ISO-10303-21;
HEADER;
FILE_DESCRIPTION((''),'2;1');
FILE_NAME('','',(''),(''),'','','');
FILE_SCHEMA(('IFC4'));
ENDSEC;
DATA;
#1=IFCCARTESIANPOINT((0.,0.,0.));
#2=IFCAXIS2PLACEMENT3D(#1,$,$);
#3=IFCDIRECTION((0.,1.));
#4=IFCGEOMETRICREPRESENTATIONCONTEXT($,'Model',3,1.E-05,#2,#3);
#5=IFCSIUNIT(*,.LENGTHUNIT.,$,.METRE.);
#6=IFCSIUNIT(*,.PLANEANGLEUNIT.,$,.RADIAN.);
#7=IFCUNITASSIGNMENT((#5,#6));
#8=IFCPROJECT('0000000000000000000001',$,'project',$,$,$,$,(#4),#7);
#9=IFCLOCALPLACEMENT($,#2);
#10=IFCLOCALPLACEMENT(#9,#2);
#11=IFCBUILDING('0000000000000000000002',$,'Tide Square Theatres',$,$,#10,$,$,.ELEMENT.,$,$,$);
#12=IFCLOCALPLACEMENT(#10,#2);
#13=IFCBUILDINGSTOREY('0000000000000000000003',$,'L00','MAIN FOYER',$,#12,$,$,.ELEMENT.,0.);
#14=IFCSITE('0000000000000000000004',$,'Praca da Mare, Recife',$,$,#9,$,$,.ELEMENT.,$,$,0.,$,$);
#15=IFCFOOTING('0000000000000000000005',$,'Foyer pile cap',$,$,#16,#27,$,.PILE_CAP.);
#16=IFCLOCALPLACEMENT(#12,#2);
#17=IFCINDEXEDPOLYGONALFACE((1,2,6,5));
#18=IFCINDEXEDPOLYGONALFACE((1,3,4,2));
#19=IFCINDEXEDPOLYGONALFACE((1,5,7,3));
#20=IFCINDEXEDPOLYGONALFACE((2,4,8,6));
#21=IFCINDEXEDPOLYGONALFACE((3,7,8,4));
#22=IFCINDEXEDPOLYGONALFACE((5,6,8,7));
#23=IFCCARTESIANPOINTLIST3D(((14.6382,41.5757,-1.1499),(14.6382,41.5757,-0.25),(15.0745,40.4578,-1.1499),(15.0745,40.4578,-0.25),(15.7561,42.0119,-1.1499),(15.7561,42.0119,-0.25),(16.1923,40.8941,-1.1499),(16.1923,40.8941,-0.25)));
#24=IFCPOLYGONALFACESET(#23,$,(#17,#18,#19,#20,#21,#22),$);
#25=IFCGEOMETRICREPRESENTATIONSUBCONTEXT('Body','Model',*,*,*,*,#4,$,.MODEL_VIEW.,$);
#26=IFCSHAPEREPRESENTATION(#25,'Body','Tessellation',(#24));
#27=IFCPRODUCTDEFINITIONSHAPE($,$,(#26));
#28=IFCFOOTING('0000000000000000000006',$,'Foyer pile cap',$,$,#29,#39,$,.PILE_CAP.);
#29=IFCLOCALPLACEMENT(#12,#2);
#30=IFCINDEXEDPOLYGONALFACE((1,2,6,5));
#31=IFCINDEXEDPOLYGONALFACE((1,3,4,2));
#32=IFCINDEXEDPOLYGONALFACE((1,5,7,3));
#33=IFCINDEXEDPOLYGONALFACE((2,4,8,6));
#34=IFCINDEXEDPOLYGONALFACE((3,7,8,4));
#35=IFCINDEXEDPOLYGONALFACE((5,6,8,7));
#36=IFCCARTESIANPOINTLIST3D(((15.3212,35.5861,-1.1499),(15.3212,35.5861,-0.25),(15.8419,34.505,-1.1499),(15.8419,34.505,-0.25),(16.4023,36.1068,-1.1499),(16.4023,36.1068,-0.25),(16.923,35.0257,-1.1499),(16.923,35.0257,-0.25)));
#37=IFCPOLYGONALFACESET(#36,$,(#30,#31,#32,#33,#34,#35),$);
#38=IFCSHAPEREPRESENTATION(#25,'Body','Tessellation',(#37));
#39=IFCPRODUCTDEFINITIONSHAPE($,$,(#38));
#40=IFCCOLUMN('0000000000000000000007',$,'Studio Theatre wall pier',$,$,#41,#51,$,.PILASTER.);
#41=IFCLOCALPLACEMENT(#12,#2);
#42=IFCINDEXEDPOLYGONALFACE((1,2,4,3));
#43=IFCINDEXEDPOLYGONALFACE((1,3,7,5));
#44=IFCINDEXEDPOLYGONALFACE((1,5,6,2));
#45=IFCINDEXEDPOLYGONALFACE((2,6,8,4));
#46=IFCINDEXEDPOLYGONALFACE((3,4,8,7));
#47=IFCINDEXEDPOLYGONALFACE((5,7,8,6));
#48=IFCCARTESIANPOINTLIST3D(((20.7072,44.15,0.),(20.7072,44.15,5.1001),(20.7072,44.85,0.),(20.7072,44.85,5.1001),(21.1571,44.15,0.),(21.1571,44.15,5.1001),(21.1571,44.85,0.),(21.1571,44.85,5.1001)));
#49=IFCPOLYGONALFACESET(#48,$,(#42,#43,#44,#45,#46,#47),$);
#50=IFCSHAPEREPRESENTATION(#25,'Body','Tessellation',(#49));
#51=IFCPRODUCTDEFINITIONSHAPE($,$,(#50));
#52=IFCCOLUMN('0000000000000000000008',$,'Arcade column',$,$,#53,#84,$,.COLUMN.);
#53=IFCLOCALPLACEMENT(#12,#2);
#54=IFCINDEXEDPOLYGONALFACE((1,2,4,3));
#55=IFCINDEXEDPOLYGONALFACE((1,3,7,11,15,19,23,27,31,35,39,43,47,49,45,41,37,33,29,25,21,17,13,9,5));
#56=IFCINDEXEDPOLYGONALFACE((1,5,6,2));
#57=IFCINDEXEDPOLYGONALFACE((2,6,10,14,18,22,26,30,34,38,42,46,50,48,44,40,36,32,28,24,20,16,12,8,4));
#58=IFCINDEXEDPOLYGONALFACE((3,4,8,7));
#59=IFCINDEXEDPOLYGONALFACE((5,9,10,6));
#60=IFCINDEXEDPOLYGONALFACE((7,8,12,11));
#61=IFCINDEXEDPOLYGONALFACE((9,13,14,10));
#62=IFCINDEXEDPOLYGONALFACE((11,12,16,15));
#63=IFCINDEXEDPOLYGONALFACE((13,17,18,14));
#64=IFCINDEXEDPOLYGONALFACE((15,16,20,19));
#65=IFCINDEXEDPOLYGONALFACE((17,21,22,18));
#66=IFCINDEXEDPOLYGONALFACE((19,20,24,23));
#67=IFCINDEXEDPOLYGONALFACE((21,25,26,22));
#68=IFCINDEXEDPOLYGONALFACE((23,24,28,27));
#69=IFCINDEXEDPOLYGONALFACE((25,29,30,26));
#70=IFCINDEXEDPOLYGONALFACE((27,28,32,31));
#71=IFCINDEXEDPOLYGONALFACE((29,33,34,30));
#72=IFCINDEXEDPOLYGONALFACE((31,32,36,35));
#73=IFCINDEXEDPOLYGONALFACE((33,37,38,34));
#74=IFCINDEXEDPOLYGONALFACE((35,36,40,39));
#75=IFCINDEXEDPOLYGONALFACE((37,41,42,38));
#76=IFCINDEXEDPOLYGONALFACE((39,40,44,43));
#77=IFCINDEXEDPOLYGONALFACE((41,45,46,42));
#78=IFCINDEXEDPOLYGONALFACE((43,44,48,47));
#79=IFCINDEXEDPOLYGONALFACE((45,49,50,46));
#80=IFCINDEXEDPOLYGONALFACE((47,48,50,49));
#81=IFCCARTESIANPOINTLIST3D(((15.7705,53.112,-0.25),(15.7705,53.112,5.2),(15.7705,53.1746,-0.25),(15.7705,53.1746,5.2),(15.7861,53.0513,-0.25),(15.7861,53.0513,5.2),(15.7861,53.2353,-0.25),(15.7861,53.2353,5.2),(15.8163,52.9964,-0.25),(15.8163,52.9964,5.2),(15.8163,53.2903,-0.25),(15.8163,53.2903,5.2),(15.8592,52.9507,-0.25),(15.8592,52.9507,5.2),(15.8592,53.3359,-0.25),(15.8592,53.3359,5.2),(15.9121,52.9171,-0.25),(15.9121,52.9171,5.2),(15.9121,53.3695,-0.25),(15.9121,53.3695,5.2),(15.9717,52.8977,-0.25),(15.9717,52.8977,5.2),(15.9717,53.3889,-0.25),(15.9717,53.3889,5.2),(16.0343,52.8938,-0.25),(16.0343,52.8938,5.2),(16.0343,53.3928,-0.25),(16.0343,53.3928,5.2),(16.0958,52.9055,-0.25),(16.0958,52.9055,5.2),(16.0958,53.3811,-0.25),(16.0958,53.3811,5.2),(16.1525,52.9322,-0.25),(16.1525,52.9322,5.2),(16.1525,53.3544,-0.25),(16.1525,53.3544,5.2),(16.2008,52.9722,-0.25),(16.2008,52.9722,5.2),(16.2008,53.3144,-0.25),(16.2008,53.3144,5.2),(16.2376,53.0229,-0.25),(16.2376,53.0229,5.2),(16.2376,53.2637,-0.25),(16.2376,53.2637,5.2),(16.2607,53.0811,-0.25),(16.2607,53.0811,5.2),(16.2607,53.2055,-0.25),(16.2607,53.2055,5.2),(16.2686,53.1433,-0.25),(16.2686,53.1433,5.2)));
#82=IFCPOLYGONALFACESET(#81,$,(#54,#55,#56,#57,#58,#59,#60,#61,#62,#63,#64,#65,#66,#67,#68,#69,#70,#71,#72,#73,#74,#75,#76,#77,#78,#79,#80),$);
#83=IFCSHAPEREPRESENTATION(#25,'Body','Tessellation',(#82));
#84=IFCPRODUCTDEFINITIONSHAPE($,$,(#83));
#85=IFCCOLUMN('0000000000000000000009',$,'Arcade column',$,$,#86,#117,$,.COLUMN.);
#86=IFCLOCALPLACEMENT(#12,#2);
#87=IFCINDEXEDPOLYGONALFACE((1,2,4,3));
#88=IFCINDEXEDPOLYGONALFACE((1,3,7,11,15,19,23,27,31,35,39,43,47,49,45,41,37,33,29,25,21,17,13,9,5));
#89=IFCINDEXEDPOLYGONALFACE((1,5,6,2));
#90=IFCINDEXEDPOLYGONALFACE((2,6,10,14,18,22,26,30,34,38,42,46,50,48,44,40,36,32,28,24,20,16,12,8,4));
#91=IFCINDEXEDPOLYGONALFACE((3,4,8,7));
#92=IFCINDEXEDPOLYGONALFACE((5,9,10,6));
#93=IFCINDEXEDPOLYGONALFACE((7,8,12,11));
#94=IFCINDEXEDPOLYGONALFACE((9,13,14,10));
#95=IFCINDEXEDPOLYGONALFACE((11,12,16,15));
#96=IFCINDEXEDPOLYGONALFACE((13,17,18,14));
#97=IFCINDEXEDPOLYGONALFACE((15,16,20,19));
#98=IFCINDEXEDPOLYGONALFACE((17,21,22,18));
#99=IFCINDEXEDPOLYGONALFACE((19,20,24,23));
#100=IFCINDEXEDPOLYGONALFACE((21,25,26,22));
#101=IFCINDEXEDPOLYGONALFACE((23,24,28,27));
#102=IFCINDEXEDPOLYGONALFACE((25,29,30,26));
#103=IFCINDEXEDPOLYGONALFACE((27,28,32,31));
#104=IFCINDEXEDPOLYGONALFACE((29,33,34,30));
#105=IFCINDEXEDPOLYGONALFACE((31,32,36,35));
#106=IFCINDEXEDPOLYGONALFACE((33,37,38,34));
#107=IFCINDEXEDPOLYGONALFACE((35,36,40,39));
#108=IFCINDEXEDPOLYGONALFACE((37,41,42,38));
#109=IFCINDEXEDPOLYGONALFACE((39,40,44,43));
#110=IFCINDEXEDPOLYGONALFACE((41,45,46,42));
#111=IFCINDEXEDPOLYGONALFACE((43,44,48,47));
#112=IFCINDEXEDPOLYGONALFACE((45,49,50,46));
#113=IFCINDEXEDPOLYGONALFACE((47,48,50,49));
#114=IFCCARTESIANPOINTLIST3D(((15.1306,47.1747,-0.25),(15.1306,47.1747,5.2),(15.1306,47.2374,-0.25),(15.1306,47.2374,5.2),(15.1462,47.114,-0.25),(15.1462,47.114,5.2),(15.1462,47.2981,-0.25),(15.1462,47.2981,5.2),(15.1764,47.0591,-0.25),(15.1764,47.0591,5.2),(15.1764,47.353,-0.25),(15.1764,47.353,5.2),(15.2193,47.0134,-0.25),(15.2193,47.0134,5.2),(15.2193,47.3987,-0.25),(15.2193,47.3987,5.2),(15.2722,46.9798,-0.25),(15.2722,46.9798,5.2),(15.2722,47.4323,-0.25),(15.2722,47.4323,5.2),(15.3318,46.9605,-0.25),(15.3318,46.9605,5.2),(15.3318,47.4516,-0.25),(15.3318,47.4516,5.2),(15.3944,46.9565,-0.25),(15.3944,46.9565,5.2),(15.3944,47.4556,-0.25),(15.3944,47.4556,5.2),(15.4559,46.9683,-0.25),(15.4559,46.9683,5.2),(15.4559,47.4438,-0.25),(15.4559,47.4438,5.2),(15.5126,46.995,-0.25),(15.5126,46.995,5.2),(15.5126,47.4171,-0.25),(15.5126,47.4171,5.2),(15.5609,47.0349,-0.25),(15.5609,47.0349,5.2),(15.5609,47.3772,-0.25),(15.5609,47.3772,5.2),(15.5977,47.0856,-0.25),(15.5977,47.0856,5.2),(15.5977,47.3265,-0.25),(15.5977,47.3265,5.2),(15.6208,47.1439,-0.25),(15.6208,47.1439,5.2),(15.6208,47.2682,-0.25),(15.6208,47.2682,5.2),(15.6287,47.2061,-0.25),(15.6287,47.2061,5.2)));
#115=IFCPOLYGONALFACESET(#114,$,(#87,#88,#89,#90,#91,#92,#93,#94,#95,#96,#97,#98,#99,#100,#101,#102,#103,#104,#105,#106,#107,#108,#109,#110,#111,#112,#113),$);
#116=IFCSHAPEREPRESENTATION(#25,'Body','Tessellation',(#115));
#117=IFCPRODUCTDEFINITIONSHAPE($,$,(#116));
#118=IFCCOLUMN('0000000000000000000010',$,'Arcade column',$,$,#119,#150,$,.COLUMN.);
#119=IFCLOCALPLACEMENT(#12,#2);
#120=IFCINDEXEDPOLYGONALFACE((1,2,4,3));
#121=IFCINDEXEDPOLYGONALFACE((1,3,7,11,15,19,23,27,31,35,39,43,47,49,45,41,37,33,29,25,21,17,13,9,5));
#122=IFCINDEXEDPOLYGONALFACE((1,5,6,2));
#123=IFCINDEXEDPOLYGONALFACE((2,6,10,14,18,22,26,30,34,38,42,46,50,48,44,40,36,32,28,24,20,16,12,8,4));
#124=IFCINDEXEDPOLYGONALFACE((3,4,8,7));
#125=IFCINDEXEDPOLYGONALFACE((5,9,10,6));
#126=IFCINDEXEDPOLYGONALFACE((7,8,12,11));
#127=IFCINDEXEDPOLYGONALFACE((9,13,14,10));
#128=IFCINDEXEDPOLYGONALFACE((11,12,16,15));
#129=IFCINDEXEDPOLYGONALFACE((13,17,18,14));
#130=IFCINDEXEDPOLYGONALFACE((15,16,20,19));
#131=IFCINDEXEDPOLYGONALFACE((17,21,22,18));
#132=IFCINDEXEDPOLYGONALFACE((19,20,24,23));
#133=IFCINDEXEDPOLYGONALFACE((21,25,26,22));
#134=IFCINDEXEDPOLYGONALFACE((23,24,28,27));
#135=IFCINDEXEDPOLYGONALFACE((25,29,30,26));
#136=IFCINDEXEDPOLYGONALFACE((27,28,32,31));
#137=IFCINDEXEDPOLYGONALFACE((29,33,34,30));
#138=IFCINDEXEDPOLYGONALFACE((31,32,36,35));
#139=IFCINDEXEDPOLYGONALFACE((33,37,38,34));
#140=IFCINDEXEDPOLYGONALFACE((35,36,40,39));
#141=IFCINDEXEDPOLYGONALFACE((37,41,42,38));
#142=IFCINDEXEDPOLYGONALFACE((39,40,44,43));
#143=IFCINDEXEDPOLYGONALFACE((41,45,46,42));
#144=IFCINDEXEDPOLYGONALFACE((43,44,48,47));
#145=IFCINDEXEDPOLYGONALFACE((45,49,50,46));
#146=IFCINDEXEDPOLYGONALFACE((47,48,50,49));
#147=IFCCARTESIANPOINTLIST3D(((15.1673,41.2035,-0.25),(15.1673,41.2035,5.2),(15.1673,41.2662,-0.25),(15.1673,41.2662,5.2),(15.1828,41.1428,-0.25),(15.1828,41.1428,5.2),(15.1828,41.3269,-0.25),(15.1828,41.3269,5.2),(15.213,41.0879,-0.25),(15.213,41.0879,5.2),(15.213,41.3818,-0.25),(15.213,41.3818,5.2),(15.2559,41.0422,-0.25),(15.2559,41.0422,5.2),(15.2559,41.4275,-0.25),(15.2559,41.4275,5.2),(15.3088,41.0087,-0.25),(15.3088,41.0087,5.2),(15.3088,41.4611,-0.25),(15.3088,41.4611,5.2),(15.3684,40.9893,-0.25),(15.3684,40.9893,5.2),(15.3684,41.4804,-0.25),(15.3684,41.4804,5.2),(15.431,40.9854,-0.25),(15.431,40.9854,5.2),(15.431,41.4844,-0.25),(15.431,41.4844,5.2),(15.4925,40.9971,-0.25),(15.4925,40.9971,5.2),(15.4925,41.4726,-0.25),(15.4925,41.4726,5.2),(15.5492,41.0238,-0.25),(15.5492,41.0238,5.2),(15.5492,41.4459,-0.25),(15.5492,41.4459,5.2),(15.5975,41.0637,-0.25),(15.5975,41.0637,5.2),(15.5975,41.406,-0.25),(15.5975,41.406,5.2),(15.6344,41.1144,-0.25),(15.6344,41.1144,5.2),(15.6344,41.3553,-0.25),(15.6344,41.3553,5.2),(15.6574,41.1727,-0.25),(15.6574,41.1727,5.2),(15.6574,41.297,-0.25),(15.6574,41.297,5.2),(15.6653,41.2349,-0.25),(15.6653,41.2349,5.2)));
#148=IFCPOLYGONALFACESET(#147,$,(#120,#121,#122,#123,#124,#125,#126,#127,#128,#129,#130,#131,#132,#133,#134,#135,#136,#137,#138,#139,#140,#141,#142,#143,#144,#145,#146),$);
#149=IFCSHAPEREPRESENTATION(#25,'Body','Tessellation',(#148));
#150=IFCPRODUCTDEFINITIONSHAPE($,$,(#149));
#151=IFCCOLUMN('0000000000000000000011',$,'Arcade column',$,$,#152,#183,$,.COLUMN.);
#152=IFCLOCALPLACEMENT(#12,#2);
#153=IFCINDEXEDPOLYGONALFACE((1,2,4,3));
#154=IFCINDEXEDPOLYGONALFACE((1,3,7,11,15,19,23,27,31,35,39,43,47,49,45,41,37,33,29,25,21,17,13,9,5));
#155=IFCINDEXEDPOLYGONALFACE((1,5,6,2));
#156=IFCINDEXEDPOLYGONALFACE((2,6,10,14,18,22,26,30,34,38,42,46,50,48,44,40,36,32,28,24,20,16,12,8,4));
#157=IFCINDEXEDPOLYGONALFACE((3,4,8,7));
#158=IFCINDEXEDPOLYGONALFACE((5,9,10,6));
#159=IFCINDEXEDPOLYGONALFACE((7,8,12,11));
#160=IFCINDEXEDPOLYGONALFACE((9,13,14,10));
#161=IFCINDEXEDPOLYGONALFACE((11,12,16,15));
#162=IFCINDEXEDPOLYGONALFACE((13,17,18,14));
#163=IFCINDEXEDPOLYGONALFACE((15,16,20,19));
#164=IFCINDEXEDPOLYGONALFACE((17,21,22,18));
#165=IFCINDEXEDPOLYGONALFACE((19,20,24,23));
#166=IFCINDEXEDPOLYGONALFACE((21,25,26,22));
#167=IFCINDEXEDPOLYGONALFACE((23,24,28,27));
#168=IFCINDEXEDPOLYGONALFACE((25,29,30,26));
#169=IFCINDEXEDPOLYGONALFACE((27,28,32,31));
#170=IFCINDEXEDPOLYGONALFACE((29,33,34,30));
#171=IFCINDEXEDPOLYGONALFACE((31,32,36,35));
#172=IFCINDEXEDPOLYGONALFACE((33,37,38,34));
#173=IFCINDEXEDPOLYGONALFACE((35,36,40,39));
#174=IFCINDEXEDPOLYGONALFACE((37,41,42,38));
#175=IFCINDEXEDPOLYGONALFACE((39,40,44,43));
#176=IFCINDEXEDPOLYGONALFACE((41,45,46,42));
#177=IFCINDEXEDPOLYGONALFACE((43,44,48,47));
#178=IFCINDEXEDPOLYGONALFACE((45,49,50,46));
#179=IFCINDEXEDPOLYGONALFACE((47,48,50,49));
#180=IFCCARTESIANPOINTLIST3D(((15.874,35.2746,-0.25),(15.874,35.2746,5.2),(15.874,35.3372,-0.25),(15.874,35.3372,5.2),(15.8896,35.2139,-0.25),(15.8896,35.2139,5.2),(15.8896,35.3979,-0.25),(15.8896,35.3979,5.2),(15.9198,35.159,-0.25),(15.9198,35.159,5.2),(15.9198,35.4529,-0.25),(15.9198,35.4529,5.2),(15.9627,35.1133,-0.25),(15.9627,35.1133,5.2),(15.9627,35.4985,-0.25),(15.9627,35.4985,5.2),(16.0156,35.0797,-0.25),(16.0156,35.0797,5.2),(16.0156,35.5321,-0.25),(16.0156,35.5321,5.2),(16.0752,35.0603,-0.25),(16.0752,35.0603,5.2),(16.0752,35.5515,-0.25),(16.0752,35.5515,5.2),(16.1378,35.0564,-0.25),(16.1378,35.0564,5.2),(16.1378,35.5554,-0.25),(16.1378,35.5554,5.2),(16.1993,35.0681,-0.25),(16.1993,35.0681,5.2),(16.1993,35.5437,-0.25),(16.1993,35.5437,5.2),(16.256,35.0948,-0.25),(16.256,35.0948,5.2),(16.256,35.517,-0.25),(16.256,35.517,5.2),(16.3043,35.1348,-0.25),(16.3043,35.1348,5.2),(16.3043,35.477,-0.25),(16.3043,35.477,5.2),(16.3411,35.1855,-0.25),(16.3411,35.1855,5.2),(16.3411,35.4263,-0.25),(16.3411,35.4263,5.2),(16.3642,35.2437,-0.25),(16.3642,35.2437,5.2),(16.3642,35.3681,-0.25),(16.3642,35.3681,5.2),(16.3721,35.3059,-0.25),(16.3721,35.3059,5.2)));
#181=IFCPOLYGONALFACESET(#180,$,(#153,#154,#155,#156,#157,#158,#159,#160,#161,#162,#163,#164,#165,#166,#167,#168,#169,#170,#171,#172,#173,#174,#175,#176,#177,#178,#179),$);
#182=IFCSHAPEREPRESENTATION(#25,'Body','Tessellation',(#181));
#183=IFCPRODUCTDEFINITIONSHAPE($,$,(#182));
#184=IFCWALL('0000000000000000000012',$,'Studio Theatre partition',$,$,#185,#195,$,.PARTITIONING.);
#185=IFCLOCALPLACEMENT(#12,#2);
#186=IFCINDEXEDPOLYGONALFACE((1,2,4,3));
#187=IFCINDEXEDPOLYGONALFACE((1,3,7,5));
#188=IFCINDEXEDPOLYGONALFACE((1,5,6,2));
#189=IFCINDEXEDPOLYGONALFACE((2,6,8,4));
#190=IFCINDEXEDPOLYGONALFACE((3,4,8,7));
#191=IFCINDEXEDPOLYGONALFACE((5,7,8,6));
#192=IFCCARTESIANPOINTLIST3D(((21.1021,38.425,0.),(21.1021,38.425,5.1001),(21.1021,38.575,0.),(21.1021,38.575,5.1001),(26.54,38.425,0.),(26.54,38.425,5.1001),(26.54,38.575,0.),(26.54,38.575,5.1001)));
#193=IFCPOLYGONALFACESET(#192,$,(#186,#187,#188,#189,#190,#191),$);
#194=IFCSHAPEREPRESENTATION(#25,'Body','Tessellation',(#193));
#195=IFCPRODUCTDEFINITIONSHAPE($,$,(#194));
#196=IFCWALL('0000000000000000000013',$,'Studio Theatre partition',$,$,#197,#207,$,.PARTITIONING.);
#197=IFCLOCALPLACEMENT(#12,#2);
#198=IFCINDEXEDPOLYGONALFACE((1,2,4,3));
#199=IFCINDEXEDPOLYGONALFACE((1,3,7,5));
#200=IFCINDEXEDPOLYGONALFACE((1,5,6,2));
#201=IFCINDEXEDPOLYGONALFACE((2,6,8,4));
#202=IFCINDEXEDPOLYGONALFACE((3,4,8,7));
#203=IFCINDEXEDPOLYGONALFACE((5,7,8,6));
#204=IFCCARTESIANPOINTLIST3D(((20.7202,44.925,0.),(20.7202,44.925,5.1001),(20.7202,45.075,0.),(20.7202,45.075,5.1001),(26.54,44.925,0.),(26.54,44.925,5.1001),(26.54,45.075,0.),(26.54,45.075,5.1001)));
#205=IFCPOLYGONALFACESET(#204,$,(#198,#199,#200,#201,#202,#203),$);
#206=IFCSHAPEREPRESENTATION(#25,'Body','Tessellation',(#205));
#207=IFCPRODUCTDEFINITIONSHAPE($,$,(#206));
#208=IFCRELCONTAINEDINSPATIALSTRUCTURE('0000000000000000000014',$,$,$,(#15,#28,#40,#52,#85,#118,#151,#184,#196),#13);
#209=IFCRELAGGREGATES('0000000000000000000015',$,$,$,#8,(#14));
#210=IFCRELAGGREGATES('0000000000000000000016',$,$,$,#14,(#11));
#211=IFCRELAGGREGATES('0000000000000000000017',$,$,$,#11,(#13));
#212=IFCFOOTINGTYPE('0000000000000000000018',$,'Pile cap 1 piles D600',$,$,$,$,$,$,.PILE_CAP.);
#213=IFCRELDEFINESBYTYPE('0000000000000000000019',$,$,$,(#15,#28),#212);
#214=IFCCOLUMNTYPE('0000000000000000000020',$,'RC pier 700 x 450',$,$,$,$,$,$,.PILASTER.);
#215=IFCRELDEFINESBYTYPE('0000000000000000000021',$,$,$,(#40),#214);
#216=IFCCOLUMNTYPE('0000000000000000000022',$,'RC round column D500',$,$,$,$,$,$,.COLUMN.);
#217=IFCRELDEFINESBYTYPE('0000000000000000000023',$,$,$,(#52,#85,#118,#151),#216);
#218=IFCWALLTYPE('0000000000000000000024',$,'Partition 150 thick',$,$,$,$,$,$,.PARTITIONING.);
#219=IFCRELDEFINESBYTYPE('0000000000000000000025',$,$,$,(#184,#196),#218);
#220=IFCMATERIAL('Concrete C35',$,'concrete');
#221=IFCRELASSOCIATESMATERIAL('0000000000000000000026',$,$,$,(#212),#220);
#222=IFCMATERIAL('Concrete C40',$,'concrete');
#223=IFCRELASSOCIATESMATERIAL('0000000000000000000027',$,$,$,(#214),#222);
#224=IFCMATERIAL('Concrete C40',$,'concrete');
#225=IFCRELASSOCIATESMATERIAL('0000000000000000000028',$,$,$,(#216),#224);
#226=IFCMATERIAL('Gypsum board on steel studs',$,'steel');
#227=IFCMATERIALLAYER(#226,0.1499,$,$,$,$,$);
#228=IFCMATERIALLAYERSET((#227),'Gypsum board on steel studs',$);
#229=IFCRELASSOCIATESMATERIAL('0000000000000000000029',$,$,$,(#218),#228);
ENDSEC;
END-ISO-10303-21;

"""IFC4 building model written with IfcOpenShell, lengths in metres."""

from ifc_helpers import new_model, si_unit, direction, frame, frame_2d, origin, origin_2d, place, context, subcontext, project, spatial, rectangle, circle, extrude, material, layer, layer_set, material_profile, profile_set, type_object, element, save


model = new_model("IFC4")

# Units and contexts
model_context = context("Model", 3, precision=1e-05, world=origin(), true_north=direction((0.0, 1.0)))
body_context = subcontext(model_context, "Body", "Model", "MODEL_VIEW")
ifc_project = project(units=[si_unit("LENGTHUNIT", "METRE"), si_unit("PLANEANGLEUNIT", "RADIAN")], contexts=[model_context])

# Site, building, storey
site_placement = place(None, origin())
site = spatial("IfcSite", under=ifc_project, at=site_placement, Name="Praca da Mare, Recife", CompositionType="ELEMENT", RefElevation=0.0)
building_placement = place(site_placement, origin())
building = spatial("IfcBuilding", under=site, at=building_placement, Name="Tide Square Theatres", CompositionType="ELEMENT")
storey_placement = place(building_placement, origin())
storey = spatial("IfcBuildingStorey", under=building, at=storey_placement, Name="L00", Description="MAIN FOYER", CompositionType="ELEMENT", Elevation=0.0)

# Footings
ifc_material_1 = material(Name="Concrete C35", Category="concrete")
footing_type = type_object("IfcFootingType", Name="Pile cap 1 piles D600", PredefinedType="PILE_CAP", material=ifc_material_1)
for number, where, z_axis, x_axis, name in (
    (1, (15.4153, 41.2349, -1.1499), (0.0, 0.0, 1.0), (0.363547, -0.931576, 0.0), "Foyer pile cap"),
    (2, (16.1221, 35.3059, -1.1499), (0.0, 0.0, 1.0), (0.433945, -0.900939, 0.0), "Foyer pile cap"),
):
    element("IfcFooting", number, at=place(storey_placement, frame(where, z_axis=z_axis, x_axis=x_axis)), inside=storey, type_object=footing_type, Name=name, PredefinedType="PILE_CAP", context=body_context, shape_type="SweptSolid", body=[
        extrude(rectangle(XDim=1.2, YDim=1.2, at=origin_2d()), origin(), (0.0, 0.0, 1.0), 0.8999),
    ])

# Columns
ifc_material_2 = material(Name="Concrete C40", Category="concrete")
ifc_material_profile_1 = material_profile(ifc_material_2, rectangle(XDim=0.7, YDim=0.45, at=origin_2d()))
ifc_profile_set_1 = profile_set([ifc_material_profile_1], Name="Concrete C40")
column_type_1 = type_object("IfcColumnType", Name="RC pier 700 x 450", PredefinedType="PILASTER", material=ifc_profile_set_1)
column_placement = place(storey_placement, frame((20.9321, 44.5, 0.0), z_axis=(0.0, 0.0, 1.0), x_axis=(0.0, -1.0, 0.0)))
element("IfcColumn", 3, at=column_placement, inside=storey, type_object=column_type_1, Name="Studio Theatre wall pier", PredefinedType="PILASTER", context=body_context, shape_type="SweptSolid", body=[
    extrude(rectangle(XDim=0.7, YDim=0.45, at=origin_2d()), origin(), (0.0, 0.0, 1.0), 5.1001),
])
ifc_material_3 = material(Name="Concrete C40", Category="concrete")
ifc_material_profile_2 = material_profile(ifc_material_3, circle(Radius=0.25, at=origin_2d()))
ifc_profile_set_2 = profile_set([ifc_material_profile_2], Name="Concrete C40")
column_type_2 = type_object("IfcColumnType", Name="RC round column D500", PredefinedType="COLUMN", material=ifc_profile_set_2)
for number, where, z_axis, x_axis, name in (
    (4, (16.0186, 53.1433, -0.25), (0.0, 0.0, 1.0), (1.0, 0.0, 0.0), "Arcade column"),
    (5, (15.3787, 47.2061, -0.25), (0.0, 0.0, 1.0), (1.0, 0.0, 0.0), "Arcade column"),
    (6, (15.4153, 41.2349, -0.25), (0.0, 0.0, 1.0), (1.0, 0.0, 0.0), "Arcade column"),
    (7, (16.1221, 35.3059, -0.25), (0.0, 0.0, 1.0), (1.0, 0.0, 0.0), "Arcade column"),
):
    element("IfcColumn", number, at=place(storey_placement, frame(where, z_axis=z_axis, x_axis=x_axis)), inside=storey, type_object=column_type_2, Name=name, PredefinedType="COLUMN", context=body_context, shape_type="SweptSolid", body=[
        extrude(circle(Radius=0.25, at=origin_2d()), origin(), (0.0, 0.0, 1.0), 5.45),
    ])

# Walls
ifc_material_4 = material(Name="Gypsum board on steel studs", Category="steel")
ifc_layer_1 = layer(ifc_material_4, 0.1499)
ifc_layer_set_1 = layer_set([ifc_layer_1], Name="Gypsum board on steel studs")
wall_type_1 = type_object("IfcWallType", Name="Partition 150 thick", PredefinedType="PARTITIONING", material=ifc_layer_set_1)
wall_1_placement = place(storey_placement, frame((21.1021, 38.5, 0.0), z_axis=(0.0, 0.0, 1.0), x_axis=(1.0, 0.0, 0.0)))
element("IfcWall", 8, at=wall_1_placement, inside=storey, type_object=wall_type_1, Name="Studio Theatre partition", PredefinedType="PARTITIONING", context=body_context, shape_type="SweptSolid", body=[
    extrude(rectangle(XDim=5.438, YDim=0.1499, at=frame_2d((2.719, 0.0))), origin(), (0.0, 0.0, 1.0), 5.1001),
])
wall_2_placement = place(storey_placement, frame((20.7202, 45.0, 0.0), z_axis=(0.0, 0.0, 1.0), x_axis=(1.0, 0.0, 0.0)))
element("IfcWall", 9, at=wall_2_placement, inside=storey, type_object=wall_type_1, Name="Studio Theatre partition", PredefinedType="PARTITIONING", context=body_context, shape_type="SweptSolid", body=[
    extrude(rectangle(XDim=5.8198, YDim=0.1499, at=frame_2d((2.9099, 0.0))), origin(), (0.0, 0.0, 1.0), 5.1001),
])

save(model, "model.ifc")
